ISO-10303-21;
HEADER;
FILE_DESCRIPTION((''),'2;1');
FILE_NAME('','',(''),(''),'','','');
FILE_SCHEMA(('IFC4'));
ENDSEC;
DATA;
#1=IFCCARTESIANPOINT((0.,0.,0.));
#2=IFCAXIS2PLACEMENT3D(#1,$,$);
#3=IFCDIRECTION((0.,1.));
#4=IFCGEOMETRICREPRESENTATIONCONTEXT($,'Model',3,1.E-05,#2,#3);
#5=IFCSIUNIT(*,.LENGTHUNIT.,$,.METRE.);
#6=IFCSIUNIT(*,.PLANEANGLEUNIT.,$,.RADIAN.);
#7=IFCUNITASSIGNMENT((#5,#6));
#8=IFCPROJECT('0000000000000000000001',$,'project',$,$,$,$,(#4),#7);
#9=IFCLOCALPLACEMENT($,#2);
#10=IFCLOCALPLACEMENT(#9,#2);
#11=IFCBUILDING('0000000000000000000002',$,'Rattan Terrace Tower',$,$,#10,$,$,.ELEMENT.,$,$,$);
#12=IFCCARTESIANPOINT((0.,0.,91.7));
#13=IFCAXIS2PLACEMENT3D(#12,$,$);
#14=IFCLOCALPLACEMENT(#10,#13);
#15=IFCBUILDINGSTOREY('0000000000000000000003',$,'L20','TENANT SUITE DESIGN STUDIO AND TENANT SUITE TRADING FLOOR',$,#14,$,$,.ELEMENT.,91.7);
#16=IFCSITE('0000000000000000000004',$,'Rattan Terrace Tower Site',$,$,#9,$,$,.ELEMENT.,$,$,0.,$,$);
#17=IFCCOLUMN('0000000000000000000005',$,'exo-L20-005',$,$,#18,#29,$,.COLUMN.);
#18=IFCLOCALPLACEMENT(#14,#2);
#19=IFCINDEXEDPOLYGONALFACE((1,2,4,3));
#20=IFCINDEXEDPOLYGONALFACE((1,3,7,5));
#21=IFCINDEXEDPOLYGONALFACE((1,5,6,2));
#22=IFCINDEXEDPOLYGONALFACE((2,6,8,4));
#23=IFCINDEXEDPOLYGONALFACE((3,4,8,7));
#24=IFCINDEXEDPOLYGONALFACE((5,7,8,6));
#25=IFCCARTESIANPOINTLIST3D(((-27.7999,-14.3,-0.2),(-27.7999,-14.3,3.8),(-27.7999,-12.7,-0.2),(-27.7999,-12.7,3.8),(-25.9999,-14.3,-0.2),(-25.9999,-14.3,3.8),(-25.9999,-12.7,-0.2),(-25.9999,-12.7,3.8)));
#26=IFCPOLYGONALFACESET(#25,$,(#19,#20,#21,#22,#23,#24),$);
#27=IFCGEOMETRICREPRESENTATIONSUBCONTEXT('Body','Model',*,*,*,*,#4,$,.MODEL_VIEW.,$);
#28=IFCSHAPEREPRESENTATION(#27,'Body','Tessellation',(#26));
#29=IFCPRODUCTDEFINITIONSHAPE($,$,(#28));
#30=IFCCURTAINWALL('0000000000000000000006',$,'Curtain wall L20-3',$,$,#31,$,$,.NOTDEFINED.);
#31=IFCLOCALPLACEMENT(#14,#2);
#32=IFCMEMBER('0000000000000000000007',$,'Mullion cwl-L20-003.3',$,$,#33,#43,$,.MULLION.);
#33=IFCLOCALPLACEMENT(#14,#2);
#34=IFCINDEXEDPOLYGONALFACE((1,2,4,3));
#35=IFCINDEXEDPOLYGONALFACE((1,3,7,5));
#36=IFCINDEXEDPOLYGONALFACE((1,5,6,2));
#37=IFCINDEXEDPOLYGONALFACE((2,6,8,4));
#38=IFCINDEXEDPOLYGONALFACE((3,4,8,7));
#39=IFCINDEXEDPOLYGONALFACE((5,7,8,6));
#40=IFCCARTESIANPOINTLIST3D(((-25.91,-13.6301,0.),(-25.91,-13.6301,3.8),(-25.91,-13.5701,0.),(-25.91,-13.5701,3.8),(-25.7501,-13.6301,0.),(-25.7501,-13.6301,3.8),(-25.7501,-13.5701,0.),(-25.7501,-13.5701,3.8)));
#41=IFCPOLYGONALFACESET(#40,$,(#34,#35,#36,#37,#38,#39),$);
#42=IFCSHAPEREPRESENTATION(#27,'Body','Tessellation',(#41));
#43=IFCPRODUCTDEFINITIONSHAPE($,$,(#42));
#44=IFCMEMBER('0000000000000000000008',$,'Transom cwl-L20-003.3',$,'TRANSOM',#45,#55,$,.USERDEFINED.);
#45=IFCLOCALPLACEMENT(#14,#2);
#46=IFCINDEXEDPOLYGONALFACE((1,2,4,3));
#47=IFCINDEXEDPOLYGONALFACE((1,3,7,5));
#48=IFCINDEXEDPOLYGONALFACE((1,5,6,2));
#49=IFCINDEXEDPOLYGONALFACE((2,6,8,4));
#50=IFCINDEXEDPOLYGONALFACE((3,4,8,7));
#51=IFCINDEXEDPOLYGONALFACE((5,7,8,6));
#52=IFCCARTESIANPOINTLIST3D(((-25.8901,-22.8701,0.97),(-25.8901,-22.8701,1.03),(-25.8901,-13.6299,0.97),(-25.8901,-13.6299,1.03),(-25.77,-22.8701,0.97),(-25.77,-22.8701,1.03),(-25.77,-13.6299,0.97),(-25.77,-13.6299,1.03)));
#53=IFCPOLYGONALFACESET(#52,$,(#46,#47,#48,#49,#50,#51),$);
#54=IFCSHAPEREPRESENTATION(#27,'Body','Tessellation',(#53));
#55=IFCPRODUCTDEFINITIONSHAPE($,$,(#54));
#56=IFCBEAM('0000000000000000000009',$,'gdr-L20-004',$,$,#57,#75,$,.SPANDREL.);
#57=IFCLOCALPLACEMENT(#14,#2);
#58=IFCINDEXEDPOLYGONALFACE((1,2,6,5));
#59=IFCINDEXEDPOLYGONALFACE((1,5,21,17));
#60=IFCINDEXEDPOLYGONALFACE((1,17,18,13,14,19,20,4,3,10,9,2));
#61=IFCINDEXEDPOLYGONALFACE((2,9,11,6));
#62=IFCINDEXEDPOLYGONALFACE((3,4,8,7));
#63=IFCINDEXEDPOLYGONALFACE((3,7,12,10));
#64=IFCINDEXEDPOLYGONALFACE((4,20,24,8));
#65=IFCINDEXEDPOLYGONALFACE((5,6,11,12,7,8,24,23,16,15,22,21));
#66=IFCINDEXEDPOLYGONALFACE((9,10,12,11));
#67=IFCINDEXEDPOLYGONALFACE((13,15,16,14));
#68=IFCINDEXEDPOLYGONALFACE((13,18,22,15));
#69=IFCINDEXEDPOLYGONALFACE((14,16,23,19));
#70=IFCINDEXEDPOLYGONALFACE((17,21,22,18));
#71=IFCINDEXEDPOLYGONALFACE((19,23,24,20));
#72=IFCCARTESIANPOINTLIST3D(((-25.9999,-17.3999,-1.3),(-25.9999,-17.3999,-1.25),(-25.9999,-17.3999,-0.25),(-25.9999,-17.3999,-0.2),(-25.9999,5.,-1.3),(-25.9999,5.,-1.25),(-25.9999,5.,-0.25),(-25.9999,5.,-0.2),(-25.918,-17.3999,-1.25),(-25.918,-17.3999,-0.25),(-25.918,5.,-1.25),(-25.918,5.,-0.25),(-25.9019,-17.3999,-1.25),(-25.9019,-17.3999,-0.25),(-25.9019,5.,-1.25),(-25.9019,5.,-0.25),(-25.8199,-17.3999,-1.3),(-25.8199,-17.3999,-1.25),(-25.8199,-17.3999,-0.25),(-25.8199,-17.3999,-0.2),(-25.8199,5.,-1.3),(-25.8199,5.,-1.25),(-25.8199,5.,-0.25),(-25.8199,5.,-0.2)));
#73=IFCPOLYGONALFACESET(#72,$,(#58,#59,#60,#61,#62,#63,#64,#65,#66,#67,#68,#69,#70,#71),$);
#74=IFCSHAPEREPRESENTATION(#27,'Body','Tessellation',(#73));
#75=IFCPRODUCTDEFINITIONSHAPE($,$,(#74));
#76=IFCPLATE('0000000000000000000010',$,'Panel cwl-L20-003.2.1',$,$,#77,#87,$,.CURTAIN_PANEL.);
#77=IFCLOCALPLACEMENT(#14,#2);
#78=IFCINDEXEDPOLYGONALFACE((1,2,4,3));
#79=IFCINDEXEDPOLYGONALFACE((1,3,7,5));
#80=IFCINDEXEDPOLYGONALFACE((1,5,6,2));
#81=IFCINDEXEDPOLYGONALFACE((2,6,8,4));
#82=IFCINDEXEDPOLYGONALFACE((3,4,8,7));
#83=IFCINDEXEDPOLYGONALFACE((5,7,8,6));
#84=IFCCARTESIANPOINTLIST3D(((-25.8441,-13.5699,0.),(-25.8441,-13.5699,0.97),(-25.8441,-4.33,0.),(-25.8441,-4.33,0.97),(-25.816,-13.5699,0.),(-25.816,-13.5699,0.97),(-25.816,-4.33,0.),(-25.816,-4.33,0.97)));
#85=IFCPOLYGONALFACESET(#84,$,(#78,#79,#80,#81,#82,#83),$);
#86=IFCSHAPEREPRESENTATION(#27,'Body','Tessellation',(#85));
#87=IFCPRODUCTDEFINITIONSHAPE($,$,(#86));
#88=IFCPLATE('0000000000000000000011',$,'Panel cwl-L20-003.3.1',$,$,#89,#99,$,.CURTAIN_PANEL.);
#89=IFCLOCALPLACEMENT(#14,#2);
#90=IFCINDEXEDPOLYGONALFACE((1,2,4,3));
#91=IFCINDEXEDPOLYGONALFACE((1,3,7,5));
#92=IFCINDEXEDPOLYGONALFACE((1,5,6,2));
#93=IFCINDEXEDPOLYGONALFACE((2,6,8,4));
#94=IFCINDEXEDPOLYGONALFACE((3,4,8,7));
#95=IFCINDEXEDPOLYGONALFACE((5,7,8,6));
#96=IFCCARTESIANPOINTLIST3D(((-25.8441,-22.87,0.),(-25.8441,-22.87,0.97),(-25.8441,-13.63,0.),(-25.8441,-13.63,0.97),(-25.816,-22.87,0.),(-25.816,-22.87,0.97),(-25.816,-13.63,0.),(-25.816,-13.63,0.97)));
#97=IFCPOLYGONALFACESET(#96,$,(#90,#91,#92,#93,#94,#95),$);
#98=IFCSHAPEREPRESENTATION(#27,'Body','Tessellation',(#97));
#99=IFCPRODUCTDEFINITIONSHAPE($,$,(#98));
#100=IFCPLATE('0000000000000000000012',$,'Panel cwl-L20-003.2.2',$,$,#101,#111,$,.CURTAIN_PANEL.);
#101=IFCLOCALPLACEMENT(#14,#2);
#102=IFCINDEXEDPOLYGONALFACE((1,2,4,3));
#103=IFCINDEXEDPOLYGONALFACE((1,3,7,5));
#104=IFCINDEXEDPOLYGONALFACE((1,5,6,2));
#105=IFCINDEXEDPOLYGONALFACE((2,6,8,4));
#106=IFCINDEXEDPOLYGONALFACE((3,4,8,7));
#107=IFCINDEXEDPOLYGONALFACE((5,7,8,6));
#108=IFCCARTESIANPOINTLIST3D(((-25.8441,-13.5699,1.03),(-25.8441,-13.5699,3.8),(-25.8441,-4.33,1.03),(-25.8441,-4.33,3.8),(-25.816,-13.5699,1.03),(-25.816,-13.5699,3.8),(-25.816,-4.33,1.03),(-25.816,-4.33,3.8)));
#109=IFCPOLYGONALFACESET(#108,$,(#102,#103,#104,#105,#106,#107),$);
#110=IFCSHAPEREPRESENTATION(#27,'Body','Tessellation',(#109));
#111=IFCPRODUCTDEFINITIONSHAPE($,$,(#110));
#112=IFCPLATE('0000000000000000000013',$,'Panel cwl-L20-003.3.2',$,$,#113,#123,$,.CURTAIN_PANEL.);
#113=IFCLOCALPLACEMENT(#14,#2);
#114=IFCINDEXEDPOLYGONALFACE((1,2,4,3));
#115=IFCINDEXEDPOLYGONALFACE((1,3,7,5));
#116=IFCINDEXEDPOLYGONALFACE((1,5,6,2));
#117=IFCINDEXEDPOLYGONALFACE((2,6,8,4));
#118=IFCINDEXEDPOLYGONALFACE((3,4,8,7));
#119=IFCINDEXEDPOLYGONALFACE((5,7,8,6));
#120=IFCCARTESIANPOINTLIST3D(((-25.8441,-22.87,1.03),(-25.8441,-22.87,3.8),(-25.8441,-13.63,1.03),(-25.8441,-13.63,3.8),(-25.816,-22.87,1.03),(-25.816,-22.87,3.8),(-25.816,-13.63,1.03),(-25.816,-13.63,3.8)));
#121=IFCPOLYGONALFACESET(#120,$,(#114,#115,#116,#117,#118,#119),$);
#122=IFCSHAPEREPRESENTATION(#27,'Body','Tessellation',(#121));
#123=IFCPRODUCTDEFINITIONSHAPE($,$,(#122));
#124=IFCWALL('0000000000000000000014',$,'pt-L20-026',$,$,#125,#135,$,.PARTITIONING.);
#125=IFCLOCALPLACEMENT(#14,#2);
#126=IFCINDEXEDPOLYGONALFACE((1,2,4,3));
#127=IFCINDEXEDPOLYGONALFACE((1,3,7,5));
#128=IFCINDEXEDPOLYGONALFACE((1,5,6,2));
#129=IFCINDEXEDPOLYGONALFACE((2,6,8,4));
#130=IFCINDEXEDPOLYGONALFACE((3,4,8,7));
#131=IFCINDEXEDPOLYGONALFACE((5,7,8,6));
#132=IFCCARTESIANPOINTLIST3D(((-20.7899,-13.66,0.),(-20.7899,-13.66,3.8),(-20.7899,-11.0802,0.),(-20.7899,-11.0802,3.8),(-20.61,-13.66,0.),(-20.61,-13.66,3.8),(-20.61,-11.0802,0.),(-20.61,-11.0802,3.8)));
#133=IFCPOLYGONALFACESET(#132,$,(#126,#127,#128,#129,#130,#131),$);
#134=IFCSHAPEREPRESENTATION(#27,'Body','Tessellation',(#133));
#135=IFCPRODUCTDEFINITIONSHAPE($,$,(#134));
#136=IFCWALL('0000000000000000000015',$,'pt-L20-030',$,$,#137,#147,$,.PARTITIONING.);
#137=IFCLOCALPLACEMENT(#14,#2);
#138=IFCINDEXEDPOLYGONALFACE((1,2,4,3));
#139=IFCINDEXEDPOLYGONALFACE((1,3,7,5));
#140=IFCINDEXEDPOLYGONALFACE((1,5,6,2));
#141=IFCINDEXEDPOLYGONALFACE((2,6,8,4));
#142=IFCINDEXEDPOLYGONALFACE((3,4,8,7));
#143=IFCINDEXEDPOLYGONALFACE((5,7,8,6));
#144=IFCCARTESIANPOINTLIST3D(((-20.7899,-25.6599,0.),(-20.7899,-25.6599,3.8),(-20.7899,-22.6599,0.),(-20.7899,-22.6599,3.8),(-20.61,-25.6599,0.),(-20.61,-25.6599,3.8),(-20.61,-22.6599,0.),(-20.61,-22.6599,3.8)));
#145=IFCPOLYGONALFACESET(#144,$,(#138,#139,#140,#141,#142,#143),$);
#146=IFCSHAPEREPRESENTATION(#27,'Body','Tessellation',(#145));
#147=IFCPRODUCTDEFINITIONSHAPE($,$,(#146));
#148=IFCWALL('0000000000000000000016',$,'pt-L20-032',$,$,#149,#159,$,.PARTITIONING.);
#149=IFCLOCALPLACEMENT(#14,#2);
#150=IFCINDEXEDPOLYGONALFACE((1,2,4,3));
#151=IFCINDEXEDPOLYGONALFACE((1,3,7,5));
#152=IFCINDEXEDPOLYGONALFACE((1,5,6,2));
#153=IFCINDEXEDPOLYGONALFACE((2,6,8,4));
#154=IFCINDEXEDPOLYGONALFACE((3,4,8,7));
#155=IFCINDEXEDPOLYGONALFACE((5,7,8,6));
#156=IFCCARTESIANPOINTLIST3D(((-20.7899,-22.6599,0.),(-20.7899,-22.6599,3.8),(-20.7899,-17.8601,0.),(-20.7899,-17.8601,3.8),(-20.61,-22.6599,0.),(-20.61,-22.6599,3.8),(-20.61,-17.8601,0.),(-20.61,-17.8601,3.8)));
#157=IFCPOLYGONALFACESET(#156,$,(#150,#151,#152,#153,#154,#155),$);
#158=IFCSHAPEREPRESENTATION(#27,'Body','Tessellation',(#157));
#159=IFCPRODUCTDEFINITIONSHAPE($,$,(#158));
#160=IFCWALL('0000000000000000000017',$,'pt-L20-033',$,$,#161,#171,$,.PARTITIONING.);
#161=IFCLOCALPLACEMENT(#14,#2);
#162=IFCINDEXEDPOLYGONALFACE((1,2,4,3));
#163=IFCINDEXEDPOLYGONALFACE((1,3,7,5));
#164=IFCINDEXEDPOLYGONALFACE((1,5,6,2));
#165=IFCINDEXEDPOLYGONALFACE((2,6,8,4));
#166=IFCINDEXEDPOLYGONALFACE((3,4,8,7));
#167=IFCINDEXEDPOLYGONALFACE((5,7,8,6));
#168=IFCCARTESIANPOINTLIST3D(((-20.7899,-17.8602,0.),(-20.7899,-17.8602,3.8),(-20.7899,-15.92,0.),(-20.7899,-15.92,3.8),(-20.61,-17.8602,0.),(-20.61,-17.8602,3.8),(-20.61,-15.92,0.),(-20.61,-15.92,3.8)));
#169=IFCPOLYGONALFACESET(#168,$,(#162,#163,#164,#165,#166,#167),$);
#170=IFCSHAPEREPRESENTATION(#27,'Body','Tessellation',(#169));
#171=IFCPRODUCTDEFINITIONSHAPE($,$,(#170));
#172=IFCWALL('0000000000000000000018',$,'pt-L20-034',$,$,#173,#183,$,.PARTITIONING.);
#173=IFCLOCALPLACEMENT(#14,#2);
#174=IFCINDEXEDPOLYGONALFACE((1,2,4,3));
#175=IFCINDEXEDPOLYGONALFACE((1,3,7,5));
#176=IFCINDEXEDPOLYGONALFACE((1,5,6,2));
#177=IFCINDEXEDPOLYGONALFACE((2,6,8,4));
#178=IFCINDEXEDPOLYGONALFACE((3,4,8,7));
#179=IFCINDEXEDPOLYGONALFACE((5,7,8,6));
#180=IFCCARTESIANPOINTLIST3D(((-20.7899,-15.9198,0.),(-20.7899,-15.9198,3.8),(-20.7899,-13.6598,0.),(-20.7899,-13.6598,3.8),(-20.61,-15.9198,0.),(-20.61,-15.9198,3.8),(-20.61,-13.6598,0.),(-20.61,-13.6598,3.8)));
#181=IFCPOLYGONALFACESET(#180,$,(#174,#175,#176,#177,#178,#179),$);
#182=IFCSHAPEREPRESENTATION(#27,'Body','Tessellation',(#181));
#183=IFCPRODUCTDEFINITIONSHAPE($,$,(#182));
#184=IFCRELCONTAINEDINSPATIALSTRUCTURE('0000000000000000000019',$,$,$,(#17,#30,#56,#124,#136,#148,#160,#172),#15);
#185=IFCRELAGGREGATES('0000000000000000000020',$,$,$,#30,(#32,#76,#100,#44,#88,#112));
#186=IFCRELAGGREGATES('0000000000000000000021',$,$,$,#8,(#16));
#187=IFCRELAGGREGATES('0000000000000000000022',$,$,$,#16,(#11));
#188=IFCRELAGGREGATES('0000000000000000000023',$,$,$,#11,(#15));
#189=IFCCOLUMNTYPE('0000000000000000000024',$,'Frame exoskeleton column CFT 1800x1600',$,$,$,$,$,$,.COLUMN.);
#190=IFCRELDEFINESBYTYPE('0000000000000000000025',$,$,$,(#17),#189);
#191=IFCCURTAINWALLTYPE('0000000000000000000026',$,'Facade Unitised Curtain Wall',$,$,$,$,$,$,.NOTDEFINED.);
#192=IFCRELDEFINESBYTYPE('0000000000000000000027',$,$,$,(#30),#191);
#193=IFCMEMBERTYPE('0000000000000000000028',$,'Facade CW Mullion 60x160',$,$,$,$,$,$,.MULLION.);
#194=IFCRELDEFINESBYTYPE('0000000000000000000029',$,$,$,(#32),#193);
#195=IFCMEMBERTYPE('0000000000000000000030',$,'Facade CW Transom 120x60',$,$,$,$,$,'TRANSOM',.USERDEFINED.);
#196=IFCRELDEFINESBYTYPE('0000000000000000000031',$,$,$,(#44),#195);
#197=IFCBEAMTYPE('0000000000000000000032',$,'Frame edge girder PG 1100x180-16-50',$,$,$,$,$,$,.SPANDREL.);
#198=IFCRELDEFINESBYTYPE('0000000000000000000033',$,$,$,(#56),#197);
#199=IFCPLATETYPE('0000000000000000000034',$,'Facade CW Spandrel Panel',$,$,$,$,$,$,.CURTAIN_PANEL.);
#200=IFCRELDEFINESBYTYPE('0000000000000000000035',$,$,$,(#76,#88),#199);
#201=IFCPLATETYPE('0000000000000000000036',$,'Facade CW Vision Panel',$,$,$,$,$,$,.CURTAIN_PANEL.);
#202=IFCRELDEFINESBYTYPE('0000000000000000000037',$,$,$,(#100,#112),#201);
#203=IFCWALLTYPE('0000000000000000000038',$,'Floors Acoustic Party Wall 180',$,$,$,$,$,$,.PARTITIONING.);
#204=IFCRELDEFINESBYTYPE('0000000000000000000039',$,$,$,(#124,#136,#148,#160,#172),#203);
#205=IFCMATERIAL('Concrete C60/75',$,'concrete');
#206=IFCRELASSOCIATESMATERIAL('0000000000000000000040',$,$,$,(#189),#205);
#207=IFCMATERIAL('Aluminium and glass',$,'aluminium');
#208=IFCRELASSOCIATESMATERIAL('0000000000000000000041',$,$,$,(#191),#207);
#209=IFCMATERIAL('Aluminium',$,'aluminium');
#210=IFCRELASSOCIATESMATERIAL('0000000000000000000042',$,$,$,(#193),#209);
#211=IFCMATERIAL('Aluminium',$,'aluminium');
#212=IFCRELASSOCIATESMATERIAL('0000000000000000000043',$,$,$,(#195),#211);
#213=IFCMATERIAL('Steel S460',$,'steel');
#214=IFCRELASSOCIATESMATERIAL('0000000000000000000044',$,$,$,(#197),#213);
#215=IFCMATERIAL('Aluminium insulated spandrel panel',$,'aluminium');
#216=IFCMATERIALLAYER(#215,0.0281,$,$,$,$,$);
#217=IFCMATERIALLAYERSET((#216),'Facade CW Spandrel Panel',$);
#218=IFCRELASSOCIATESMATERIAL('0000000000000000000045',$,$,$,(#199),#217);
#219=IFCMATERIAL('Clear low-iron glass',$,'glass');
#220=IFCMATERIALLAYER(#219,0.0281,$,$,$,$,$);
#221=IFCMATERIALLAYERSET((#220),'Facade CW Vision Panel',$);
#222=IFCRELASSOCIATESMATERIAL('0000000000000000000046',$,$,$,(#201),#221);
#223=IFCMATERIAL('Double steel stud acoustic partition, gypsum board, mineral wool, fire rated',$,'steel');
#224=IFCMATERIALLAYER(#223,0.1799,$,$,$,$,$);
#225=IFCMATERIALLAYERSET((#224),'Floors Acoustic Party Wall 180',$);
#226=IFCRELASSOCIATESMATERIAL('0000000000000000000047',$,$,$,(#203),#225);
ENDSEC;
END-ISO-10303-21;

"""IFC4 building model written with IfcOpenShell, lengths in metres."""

from ifc_helpers import new_model, si_unit, direction, frame, frame_2d, origin, origin_2d, place, context, subcontext, project, spatial, rectangle, i_section, extrude, material, layer, layer_set, material_profile, profile_set, type_object, element, aggregate, save


model = new_model("IFC4")

# Units and contexts
model_context = context("Model", 3, precision=1e-05, world=origin(), true_north=direction((0.0, 1.0)))
body_context = subcontext(model_context, "Body", "Model", "MODEL_VIEW")
ifc_project = project(units=[si_unit("LENGTHUNIT", "METRE"), si_unit("PLANEANGLEUNIT", "RADIAN")], contexts=[model_context])

# Site, building, storey
site_placement = place(None, origin())
site = spatial("IfcSite", under=ifc_project, at=site_placement, Name="Rattan Terrace Tower Site", CompositionType="ELEMENT", RefElevation=0.0)
building_placement = place(site_placement, origin())
building = spatial("IfcBuilding", under=site, at=building_placement, Name="Rattan Terrace Tower", CompositionType="ELEMENT")
storey_placement = place(building_placement, frame((0.0, 0.0, 91.7)))
storey = spatial("IfcBuildingStorey", under=building, at=storey_placement, Name="L20", Description="TENANT SUITE DESIGN STUDIO AND TENANT SUITE TRADING FLOOR", CompositionType="ELEMENT", Elevation=91.7)

# Column
ifc_material_1 = material(Name="Concrete C60/75", Category="concrete")
ifc_material_profile_1 = material_profile(ifc_material_1, rectangle(XDim=1.6001, YDim=1.8, at=origin_2d()), Name="CFT 1800x1600")
ifc_profile_set_1 = profile_set([ifc_material_profile_1], Name="Concrete C60/75")
column_type = type_object("IfcColumnType", Name="Frame exoskeleton column CFT 1800x1600", PredefinedType="COLUMN", material=ifc_profile_set_1)
column_placement = place(storey_placement, frame((-26.8999, -13.5, -0.2), z_axis=(0.0, 0.0, 1.0), x_axis=(0.0, 1.0, 0.0)))
element("IfcColumn", 1, at=column_placement, inside=storey, type_object=column_type, Name="exo-L20-005", PredefinedType="COLUMN", context=body_context, shape_type="SweptSolid", body=[
    extrude(rectangle(XDim=1.6001, YDim=1.8, at=origin_2d()), origin(), (0.0, 0.0, 1.0), 4.0),
])

# Curtain wall, members
ifc_material_2 = material(Name="Aluminium and glass", Category="aluminium")
curtain_wall_type = type_object("IfcCurtainWallType", Name="Facade Unitised Curtain Wall", PredefinedType="NOTDEFINED", material=ifc_material_2)
curtain_wall_placement = place(storey_placement, origin())
curtain_wall = element("IfcCurtainWall", 2, at=curtain_wall_placement, inside=storey, type_object=curtain_wall_type, Name="Curtain wall L20-3", PredefinedType="NOTDEFINED")
ifc_material_3 = material(Name="Aluminium", Category="aluminium")
ifc_material_profile_2 = material_profile(ifc_material_3, rectangle(XDim=0.0601, YDim=0.1599, at=origin_2d()), Name="Aluminium 60x160")
ifc_profile_set_2 = profile_set([ifc_material_profile_2], Name="Aluminium")
member_type_1 = type_object("IfcMemberType", Name="Facade CW Mullion 60x160", PredefinedType="MULLION", material=ifc_profile_set_2)
member_1_placement = place(storey_placement, frame((-25.8301, -13.6001, 0.0), z_axis=(0.0, 0.0, 1.0), x_axis=(0.0, -1.0, 0.0)))
member_1 = element("IfcMember", 3, at=member_1_placement, type_object=member_type_1, Name="Mullion cwl-L20-003.3", PredefinedType="MULLION", context=body_context, shape_type="SweptSolid", body=[
    extrude(rectangle(XDim=0.0601, YDim=0.1599, at=origin_2d()), origin(), (0.0, 0.0, 1.0), 3.8),
])
ifc_material_4 = material(Name="Aluminium", Category="aluminium")
ifc_material_profile_3 = material_profile(ifc_material_4, rectangle(XDim=0.1201, YDim=0.0601, at=origin_2d()), Name="Aluminium 120x60")
ifc_profile_set_3 = profile_set([ifc_material_profile_3], Name="Aluminium")
member_type_2 = type_object("IfcMemberType", Name="Facade CW Transom 120x60", ElementType="TRANSOM", PredefinedType="USERDEFINED", material=ifc_profile_set_3)
member_2_placement = place(storey_placement, frame((-25.8301, -13.6299, 1.0), z_axis=(0.0, -1.0, 0.0), x_axis=(1.0, 0.0, 0.0)))
member_2 = element("IfcMember", 4, at=member_2_placement, type_object=member_type_2, Name="Transom cwl-L20-003.3", ObjectType="TRANSOM", PredefinedType="USERDEFINED", context=body_context, shape_type="SweptSolid", body=[
    extrude(rectangle(XDim=0.1201, YDim=0.0601, at=origin_2d()), origin(), (0.0, 0.0, 1.0), 9.2402),
])

# Beam
ifc_material_5 = material(Name="Steel S460", Category="steel")
ifc_material_profile_4 = material_profile(ifc_material_5, i_section(OverallWidth=0.1799, OverallDepth=1.1001, WebThickness=0.0161, FlangeThickness=0.05, at=origin_2d()), Name="PG 1100x180-16-50")
ifc_profile_set_4 = profile_set([ifc_material_profile_4], Name="Steel S460")
beam_type = type_object("IfcBeamType", Name="Frame edge girder PG 1100x180-16-50", PredefinedType="SPANDREL", material=ifc_profile_set_4)
beam_placement = place(storey_placement, frame((-25.9099, -17.3999, -0.75), z_axis=(0.0, 1.0, 0.0), x_axis=(-1.0, 0.0, 0.0)))
element("IfcBeam", 5, at=beam_placement, inside=storey, type_object=beam_type, Name="gdr-L20-004", PredefinedType="SPANDREL", context=body_context, shape_type="SweptSolid", body=[
    extrude(i_section(OverallWidth=0.1799, OverallDepth=1.1001, WebThickness=0.0161, FlangeThickness=0.05, at=origin_2d()), origin(), (0.0, 0.0, 1.0), 22.3999),
])

# Plates
ifc_material_6 = material(Name="Aluminium insulated spandrel panel", Category="aluminium")
ifc_layer_1 = layer(ifc_material_6, 0.0281)
ifc_layer_set_1 = layer_set([ifc_layer_1], Name="Facade CW Spandrel Panel")
plate_type_1 = type_object("IfcPlateType", Name="Facade CW Spandrel Panel", PredefinedType="CURTAIN_PANEL", material=ifc_layer_set_1)
plate_1_placement = place(storey_placement, frame((-25.8301, -8.95, 0.0), z_axis=(0.0, 0.0, 1.0), x_axis=(0.0, -1.0, 0.0)))
plate_1 = element("IfcPlate", 6, at=plate_1_placement, type_object=plate_type_1, Name="Panel cwl-L20-003.2.1", PredefinedType="CURTAIN_PANEL", context=body_context, shape_type="SweptSolid", body=[
    extrude(rectangle(XDim=9.24, YDim=0.0281, at=origin_2d()), origin(), (0.0, 0.0, 1.0), 0.97),
])
plate_2_placement = place(storey_placement, frame((-25.8301, -18.25, 0.0), z_axis=(0.0, 0.0, 1.0), x_axis=(0.0, -1.0, 0.0)))
plate_2 = element("IfcPlate", 7, at=plate_2_placement, type_object=plate_type_1, Name="Panel cwl-L20-003.3.1", PredefinedType="CURTAIN_PANEL", context=body_context, shape_type="SweptSolid", body=[
    extrude(rectangle(XDim=9.24, YDim=0.0281, at=origin_2d()), origin(), (0.0, 0.0, 1.0), 0.97),
])
ifc_material_7 = material(Name="Clear low-iron glass", Category="glass")
ifc_layer_2 = layer(ifc_material_7, 0.0281)
ifc_layer_set_2 = layer_set([ifc_layer_2], Name="Facade CW Vision Panel")
plate_type_2 = type_object("IfcPlateType", Name="Facade CW Vision Panel", PredefinedType="CURTAIN_PANEL", material=ifc_layer_set_2)
plate_3_placement = place(storey_placement, frame((-25.8301, -8.95, 1.03), z_axis=(0.0, 0.0, 1.0), x_axis=(0.0, -1.0, 0.0)))
plate_3 = element("IfcPlate", 8, at=plate_3_placement, type_object=plate_type_2, Name="Panel cwl-L20-003.2.2", PredefinedType="CURTAIN_PANEL", context=body_context, shape_type="SweptSolid", body=[
    extrude(rectangle(XDim=9.24, YDim=0.0281, at=origin_2d()), origin(), (0.0, 0.0, 1.0), 2.77),
])
plate_4_placement = place(storey_placement, frame((-25.8301, -18.25, 1.03), z_axis=(0.0, 0.0, 1.0), x_axis=(0.0, -1.0, 0.0)))
plate_4 = element("IfcPlate", 9, at=plate_4_placement, type_object=plate_type_2, Name="Panel cwl-L20-003.3.2", PredefinedType="CURTAIN_PANEL", context=body_context, shape_type="SweptSolid", body=[
    extrude(rectangle(XDim=9.24, YDim=0.0281, at=origin_2d()), origin(), (0.0, 0.0, 1.0), 2.77),
])
aggregate(curtain_wall, [member_1, plate_1, plate_3, member_2, plate_2, plate_4])

# Walls
ifc_material_8 = material(Name="Double steel stud acoustic partition, gypsum board, mineral wool, fire rated", Category="steel")
ifc_layer_3 = layer(ifc_material_8, 0.1799)
ifc_layer_set_3 = layer_set([ifc_layer_3], Name="Floors Acoustic Party Wall 180")
wall_type_1 = type_object("IfcWallType", Name="Floors Acoustic Party Wall 180", PredefinedType="PARTITIONING", material=ifc_layer_set_3)
wall_1_placement = place(storey_placement, frame((-20.7, -11.0801, 0.0), z_axis=(0.0, 0.0, 1.0), x_axis=(0.0, -1.0, 0.0)))
element("IfcWall", 10, at=wall_1_placement, inside=storey, type_object=wall_type_1, Name="pt-L20-026", PredefinedType="PARTITIONING", context=body_context, shape_type="SweptSolid", body=[
    extrude(rectangle(XDim=2.5798, YDim=0.1799, at=frame_2d((1.29, 0.0))), origin(), (0.0, 0.0, 1.0), 3.8),
])
wall_2_placement = place(storey_placement, frame((-20.7, -22.6599, 0.0), z_axis=(0.0, 0.0, 1.0), x_axis=(0.0, -1.0, 0.0)))
element("IfcWall", 11, at=wall_2_placement, inside=storey, type_object=wall_type_1, Name="pt-L20-030", PredefinedType="PARTITIONING", context=body_context, shape_type="SweptSolid", body=[
    extrude(rectangle(XDim=3.0, YDim=0.1799, at=frame_2d((1.5, 0.0))), origin(), (0.0, 0.0, 1.0), 3.8),
])
wall_3_placement = place(storey_placement, frame((-20.7, -17.8601, 0.0), z_axis=(0.0, 0.0, 1.0), x_axis=(0.0, -1.0, 0.0)))
element("IfcWall", 12, at=wall_3_placement, inside=storey, type_object=wall_type_1, Name="pt-L20-032", PredefinedType="PARTITIONING", context=body_context, shape_type="SweptSolid", body=[
    extrude(rectangle(XDim=4.7998, YDim=0.1799, at=frame_2d((2.3999, 0.0))), origin(), (0.0, 0.0, 1.0), 3.8),
])
wall_4_placement = place(storey_placement, frame((-20.7, -15.9199, 0.0), z_axis=(0.0, 0.0, 1.0), x_axis=(0.0, -1.0, 0.0)))
element("IfcWall", 13, at=wall_4_placement, inside=storey, type_object=wall_type_1, Name="pt-L20-033", PredefinedType="PARTITIONING", context=body_context, shape_type="SweptSolid", body=[
    extrude(rectangle(XDim=1.9402, YDim=0.1799, at=frame_2d((0.9702, 0.0))), origin(), (0.0, 0.0, 1.0), 3.8),
])
wall_5_placement = place(storey_placement, frame((-20.7, -13.6599, 0.0), z_axis=(0.0, 0.0, 1.0), x_axis=(0.0, -1.0, 0.0)))
element("IfcWall", 14, at=wall_5_placement, inside=storey, type_object=wall_type_1, Name="pt-L20-034", PredefinedType="PARTITIONING", context=body_context, shape_type="SweptSolid", body=[
    extrude(rectangle(XDim=2.26, YDim=0.1799, at=frame_2d((1.1299, 0.0))), origin(), (0.0, 0.0, 1.0), 3.8),
])

save(model, "model.ifc")
